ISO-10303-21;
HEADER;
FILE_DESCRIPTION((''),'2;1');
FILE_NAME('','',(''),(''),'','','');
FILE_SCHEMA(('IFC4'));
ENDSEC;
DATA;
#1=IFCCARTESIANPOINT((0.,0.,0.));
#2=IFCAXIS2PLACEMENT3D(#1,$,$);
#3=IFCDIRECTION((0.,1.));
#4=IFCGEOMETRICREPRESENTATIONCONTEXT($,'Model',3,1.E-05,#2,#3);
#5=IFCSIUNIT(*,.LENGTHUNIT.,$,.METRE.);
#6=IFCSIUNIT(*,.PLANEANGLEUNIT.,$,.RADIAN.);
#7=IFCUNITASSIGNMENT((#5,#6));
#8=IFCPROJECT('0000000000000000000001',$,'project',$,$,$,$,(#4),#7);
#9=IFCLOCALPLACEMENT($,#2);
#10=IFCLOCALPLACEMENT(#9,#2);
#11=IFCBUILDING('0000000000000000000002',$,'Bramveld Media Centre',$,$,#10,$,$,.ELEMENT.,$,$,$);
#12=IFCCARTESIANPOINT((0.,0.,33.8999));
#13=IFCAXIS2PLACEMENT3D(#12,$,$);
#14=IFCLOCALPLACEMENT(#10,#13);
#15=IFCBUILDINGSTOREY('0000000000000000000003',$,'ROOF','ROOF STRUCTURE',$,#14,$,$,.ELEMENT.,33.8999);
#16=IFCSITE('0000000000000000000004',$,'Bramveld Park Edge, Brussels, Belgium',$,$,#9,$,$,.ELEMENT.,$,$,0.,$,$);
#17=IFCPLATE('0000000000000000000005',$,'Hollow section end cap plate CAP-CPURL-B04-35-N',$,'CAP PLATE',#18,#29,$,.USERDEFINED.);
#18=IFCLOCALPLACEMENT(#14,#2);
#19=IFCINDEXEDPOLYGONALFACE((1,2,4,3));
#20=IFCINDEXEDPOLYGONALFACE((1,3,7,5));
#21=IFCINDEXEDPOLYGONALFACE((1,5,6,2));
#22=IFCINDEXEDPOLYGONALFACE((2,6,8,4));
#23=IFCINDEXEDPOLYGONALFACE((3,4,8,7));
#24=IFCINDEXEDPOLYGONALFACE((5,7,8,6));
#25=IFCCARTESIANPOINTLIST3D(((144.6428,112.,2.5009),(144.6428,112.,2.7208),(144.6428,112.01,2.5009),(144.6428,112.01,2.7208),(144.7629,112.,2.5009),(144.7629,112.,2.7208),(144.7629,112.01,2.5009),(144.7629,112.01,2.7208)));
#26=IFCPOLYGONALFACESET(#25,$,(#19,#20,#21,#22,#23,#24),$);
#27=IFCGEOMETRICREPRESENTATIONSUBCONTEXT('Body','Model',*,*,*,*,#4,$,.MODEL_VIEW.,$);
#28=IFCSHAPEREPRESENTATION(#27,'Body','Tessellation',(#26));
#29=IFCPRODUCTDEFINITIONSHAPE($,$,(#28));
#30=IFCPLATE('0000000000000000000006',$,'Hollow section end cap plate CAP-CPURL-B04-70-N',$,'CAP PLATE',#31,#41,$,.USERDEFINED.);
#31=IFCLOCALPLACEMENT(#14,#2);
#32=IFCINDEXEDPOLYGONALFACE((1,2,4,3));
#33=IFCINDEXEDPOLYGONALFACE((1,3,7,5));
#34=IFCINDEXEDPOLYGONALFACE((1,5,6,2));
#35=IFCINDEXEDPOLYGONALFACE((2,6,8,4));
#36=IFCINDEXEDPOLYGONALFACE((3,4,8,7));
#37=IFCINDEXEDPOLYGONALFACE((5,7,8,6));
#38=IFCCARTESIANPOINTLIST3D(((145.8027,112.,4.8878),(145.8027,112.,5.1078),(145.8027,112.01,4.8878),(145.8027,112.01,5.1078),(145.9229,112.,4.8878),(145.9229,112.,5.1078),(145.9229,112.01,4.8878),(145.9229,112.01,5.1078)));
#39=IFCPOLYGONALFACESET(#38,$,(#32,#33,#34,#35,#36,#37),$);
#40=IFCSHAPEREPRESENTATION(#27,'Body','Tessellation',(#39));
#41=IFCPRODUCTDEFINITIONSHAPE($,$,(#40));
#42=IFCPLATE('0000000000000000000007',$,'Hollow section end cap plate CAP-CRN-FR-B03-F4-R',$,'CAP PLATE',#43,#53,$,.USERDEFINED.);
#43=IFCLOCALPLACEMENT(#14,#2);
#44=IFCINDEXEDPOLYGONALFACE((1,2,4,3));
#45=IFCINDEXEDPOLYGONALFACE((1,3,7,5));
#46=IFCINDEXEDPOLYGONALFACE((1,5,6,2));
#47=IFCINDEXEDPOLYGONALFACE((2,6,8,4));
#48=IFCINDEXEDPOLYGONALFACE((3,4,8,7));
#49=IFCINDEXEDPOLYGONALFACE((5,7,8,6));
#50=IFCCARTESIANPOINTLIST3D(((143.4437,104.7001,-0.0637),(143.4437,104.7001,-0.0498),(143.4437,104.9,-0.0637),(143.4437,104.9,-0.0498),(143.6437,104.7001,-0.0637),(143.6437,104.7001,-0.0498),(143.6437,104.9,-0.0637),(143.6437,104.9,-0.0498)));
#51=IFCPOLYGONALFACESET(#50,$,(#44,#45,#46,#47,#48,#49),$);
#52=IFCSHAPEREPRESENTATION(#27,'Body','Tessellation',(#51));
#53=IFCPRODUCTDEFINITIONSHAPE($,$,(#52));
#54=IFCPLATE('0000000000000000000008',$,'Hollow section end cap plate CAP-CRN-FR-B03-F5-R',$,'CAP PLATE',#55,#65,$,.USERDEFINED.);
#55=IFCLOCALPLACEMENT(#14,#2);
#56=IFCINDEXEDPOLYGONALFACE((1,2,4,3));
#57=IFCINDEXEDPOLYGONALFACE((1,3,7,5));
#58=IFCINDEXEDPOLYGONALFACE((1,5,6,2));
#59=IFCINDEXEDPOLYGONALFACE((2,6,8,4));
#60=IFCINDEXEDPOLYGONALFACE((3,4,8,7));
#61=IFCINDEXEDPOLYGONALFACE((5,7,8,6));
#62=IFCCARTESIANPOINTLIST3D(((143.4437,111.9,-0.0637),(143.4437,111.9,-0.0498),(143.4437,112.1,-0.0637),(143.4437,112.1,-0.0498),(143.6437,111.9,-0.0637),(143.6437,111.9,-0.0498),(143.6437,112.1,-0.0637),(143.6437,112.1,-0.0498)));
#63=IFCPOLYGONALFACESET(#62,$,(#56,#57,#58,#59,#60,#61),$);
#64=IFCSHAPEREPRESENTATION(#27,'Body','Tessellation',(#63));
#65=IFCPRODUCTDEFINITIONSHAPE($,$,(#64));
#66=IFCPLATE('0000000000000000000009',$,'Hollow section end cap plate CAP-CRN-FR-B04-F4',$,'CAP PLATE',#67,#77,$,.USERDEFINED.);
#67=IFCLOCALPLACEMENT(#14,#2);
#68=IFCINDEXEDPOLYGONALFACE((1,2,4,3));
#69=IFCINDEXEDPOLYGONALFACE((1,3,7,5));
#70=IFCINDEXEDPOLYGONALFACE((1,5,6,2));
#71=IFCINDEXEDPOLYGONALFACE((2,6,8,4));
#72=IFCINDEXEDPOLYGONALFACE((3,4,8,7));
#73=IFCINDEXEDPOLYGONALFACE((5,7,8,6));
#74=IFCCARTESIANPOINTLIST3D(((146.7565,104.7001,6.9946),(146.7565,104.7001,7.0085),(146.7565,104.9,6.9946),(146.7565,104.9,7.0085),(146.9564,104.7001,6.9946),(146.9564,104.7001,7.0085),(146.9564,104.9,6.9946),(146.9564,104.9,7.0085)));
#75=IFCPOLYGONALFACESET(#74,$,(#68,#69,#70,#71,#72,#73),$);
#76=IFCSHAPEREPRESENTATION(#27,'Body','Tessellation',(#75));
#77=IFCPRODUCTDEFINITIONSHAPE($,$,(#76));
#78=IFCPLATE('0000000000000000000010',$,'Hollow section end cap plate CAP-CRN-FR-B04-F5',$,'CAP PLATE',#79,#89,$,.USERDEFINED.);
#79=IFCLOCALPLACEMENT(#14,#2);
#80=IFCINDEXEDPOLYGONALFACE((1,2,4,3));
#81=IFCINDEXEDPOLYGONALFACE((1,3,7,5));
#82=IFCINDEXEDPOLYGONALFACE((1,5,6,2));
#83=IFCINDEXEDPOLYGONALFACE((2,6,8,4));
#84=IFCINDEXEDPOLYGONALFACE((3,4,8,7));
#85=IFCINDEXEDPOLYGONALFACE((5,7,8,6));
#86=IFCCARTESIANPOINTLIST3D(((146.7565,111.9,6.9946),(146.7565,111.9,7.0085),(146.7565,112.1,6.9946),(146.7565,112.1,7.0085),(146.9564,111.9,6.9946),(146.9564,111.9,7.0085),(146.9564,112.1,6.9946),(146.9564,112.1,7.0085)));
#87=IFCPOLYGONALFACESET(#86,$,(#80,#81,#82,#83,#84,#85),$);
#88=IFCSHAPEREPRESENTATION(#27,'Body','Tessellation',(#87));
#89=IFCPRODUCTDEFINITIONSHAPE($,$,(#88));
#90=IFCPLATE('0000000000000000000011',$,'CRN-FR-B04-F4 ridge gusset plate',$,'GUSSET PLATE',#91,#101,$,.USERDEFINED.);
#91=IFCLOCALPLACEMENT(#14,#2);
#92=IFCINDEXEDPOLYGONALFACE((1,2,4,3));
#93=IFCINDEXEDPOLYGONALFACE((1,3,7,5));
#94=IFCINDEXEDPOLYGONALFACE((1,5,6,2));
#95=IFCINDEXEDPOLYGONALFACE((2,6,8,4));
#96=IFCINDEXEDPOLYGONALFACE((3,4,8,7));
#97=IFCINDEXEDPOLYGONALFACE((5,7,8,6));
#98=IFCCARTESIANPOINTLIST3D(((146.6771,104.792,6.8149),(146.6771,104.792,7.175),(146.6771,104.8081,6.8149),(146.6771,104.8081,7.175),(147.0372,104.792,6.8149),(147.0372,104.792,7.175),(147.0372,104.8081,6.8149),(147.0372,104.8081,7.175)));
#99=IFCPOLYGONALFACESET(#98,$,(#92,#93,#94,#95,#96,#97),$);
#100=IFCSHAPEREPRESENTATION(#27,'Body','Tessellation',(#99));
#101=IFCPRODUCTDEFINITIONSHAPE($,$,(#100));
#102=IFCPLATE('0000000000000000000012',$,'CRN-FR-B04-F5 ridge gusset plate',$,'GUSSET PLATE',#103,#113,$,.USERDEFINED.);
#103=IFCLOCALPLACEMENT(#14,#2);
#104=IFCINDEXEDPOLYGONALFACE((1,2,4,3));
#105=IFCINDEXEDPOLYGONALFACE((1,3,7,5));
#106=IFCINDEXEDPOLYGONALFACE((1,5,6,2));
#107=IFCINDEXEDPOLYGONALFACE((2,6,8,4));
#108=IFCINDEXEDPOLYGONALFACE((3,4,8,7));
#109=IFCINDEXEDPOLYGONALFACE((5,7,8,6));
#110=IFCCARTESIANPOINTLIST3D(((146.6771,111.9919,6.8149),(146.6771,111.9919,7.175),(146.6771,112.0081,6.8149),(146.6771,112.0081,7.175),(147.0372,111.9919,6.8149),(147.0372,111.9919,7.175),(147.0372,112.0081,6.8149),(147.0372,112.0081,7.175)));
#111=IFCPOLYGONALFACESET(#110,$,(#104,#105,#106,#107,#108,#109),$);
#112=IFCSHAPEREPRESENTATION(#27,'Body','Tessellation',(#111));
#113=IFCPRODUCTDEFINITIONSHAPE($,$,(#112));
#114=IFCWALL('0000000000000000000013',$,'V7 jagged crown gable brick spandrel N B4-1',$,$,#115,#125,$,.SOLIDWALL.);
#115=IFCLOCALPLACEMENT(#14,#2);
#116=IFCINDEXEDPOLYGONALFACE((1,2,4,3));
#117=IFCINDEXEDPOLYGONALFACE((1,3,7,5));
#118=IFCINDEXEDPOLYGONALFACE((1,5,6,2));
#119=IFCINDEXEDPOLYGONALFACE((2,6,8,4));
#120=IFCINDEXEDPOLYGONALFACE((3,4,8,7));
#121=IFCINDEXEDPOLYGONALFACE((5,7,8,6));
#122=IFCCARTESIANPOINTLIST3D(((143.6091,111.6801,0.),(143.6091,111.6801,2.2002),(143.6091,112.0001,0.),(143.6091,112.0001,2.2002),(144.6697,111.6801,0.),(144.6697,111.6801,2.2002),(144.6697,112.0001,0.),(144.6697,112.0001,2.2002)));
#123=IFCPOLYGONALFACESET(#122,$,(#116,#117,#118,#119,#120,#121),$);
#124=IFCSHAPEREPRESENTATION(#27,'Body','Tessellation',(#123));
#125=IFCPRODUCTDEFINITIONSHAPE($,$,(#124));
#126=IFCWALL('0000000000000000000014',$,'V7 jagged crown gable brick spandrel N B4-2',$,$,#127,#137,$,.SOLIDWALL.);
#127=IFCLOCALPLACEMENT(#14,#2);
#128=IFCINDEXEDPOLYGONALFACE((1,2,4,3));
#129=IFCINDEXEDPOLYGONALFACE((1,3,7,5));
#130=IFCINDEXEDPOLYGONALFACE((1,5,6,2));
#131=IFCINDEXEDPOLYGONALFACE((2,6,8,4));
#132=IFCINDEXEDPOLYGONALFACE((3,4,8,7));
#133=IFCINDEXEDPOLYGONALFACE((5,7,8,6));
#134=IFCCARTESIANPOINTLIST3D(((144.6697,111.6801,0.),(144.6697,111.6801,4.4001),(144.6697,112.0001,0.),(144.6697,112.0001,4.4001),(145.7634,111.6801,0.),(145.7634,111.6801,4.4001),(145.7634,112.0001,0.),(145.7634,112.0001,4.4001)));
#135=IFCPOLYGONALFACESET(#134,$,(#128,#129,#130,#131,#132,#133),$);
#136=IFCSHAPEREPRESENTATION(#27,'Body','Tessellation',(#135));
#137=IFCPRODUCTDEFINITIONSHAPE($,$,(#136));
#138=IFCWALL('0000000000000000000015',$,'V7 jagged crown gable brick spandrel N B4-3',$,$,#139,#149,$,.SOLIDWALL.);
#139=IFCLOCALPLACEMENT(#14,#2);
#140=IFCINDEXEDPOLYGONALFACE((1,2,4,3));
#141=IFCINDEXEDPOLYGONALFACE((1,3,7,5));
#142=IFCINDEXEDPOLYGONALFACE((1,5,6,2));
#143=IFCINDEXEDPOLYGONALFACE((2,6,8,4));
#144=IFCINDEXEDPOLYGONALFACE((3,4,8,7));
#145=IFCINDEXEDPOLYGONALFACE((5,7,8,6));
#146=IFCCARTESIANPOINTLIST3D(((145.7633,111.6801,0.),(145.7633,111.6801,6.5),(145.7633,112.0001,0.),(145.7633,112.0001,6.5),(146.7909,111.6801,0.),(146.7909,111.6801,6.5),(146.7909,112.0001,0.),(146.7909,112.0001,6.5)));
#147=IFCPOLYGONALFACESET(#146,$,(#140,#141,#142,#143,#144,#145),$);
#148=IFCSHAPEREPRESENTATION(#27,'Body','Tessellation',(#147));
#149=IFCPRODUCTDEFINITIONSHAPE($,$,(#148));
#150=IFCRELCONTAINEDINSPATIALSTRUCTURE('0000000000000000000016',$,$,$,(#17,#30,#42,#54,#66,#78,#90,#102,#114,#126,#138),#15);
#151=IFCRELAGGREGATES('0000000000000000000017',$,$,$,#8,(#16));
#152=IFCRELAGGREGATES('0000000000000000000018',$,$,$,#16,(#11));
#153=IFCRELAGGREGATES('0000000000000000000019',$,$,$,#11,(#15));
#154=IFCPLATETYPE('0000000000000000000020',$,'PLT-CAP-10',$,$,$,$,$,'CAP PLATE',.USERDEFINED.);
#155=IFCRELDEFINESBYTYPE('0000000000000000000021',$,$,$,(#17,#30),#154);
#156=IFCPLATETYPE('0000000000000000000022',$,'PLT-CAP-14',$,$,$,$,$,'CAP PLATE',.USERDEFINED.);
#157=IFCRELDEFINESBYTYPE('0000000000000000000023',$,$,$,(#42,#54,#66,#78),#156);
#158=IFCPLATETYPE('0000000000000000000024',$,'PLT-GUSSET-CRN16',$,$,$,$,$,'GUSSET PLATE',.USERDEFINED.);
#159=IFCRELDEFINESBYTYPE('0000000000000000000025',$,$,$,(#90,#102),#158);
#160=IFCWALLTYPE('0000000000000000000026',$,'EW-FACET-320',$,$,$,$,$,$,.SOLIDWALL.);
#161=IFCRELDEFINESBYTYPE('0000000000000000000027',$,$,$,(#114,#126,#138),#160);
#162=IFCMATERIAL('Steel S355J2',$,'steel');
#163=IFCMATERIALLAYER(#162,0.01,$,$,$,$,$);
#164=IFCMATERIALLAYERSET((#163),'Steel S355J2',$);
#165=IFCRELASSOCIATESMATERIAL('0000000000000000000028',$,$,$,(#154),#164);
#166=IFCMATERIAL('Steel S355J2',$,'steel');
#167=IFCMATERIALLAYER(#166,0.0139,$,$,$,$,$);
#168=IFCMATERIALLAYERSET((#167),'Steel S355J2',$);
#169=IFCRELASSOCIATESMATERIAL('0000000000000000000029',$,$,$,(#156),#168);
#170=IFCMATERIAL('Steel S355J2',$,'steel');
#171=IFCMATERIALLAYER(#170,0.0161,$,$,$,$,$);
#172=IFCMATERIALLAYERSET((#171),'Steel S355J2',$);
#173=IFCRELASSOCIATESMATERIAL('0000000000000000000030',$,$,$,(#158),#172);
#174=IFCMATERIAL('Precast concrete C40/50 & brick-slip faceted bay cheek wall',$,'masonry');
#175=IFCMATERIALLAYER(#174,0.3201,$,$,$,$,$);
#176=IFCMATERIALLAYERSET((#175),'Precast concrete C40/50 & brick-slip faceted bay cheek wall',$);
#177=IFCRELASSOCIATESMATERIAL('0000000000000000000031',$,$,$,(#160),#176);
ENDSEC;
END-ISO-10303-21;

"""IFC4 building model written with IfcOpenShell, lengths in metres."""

from ifc_helpers import new_model, si_unit, direction, frame, frame_2d, origin, origin_2d, place, context, subcontext, project, spatial, rectangle, extrude, material, layer, layer_set, type_object, element, save


model = new_model("IFC4")

# Units and contexts
model_context = context("Model", 3, precision=1e-05, world=origin(), true_north=direction((0.0, 1.0)))
body_context = subcontext(model_context, "Body", "Model", "MODEL_VIEW")
ifc_project = project(units=[si_unit("LENGTHUNIT", "METRE"), si_unit("PLANEANGLEUNIT", "RADIAN")], contexts=[model_context])

# Site, building, storey
site_placement = place(None, origin())
site = spatial("IfcSite", under=ifc_project, at=site_placement, Name="Bramveld Park Edge, Brussels, Belgium", CompositionType="ELEMENT", RefElevation=0.0)
building_placement = place(site_placement, origin())
building = spatial("IfcBuilding", under=site, at=building_placement, Name="Bramveld Media Centre", CompositionType="ELEMENT")
storey_placement = place(building_placement, frame((0.0, 0.0, 33.8999)))
storey = spatial("IfcBuildingStorey", under=building, at=storey_placement, Name="ROOF", Description="ROOF STRUCTURE", CompositionType="ELEMENT", Elevation=33.8999)

# Plates
ifc_material_1 = material(Name="Steel S355J2", Category="steel")
ifc_layer_1 = layer(ifc_material_1, 0.01)
ifc_layer_set_1 = layer_set([ifc_layer_1], Name="Steel S355J2")
plate_type_1 = type_object("IfcPlateType", Name="PLT-CAP-10", ElementType="CAP PLATE", PredefinedType="USERDEFINED", material=ifc_layer_set_1)
for number, where, z_axis, x_axis, name in (
    (1, (144.7029, 112.0, 2.6108), (0.0, 1.0, 0.0), (-1.0, 0.0, 0.0), "Hollow section end cap plate CAP-CPURL-B04-35-N"),
    (2, (145.8628, 112.0, 4.9978), (0.0, 1.0, 0.0), (-1.0, 0.0, 0.0), "Hollow section end cap plate CAP-CPURL-B04-70-N"),
):
    element("IfcPlate", number, at=place(storey_placement, frame(where, z_axis=z_axis, x_axis=x_axis)), inside=storey, type_object=plate_type_1, Name=name, ObjectType="CAP PLATE", PredefinedType="USERDEFINED", context=body_context, shape_type="SweptSolid", body=[
        extrude(rectangle(XDim=0.1201, YDim=0.22, at=origin_2d()), origin(), (0.0, 0.0, 1.0), 0.01),
    ])
ifc_material_2 = material(Name="Steel S355J2", Category="steel")
ifc_layer_2 = layer(ifc_material_2, 0.0139)
ifc_layer_set_2 = layer_set([ifc_layer_2], Name="Steel S355J2")
plate_type_2 = type_object("IfcPlateType", Name="PLT-CAP-14", ElementType="CAP PLATE", PredefinedType="USERDEFINED", material=ifc_layer_set_2)
for number, where, z_axis, x_axis, name in (
    (3, (143.5437, 104.8, -0.0498), (0.0, 0.0, -1.0), (1.0, 0.0, 0.0), "Hollow section end cap plate CAP-CRN-FR-B03-F4-R"),
    (4, (143.5437, 112.0, -0.0498), (0.0, 0.0, -1.0), (1.0, 0.0, 0.0), "Hollow section end cap plate CAP-CRN-FR-B03-F5-R"),
    (5, (146.8564, 104.8, 6.9946), (0.0, 0.0, 1.0), (1.0, 0.0, 0.0), "Hollow section end cap plate CAP-CRN-FR-B04-F4"),
    (6, (146.8564, 112.0, 6.9946), (0.0, 0.0, 1.0), (1.0, 0.0, 0.0), "Hollow section end cap plate CAP-CRN-FR-B04-F5"),
):
    element("IfcPlate", number, at=place(storey_placement, frame(where, z_axis=z_axis, x_axis=x_axis)), inside=storey, type_object=plate_type_2, Name=name, ObjectType="CAP PLATE", PredefinedType="USERDEFINED", context=body_context, shape_type="SweptSolid", body=[
        extrude(rectangle(XDim=0.2, YDim=0.2, at=origin_2d()), origin(), (0.0, 0.0, 1.0), 0.0139),
    ])
ifc_material_3 = material(Name="Steel S355J2", Category="steel")
ifc_layer_3 = layer(ifc_material_3, 0.0161)
ifc_layer_set_3 = layer_set([ifc_layer_3], Name="Steel S355J2")
plate_type_3 = type_object("IfcPlateType", Name="PLT-GUSSET-CRN16", ElementType="GUSSET PLATE", PredefinedType="USERDEFINED", material=ifc_layer_set_3)
for number, where, z_axis, x_axis, name in (
    (7, (146.8572, 104.8, 6.8149), (0.0, 0.0, 1.0), (1.0, 0.0, 0.0), "CRN-FR-B04-F4 ridge gusset plate"),
    (8, (146.8572, 112.0, 6.8149), (0.0, 0.0, 1.0), (1.0, 0.0, 0.0), "CRN-FR-B04-F5 ridge gusset plate"),
):
    element("IfcPlate", number, at=place(storey_placement, frame(where, z_axis=z_axis, x_axis=x_axis)), inside=storey, type_object=plate_type_3, Name=name, ObjectType="GUSSET PLATE", PredefinedType="USERDEFINED", context=body_context, shape_type="SweptSolid", body=[
        extrude(rectangle(XDim=0.3601, YDim=0.0161, at=origin_2d()), origin(), (0.0, 0.0, 1.0), 0.3601),
    ])

# Walls
ifc_material_4 = material(Name="Precast concrete C40/50 & brick-slip faceted bay cheek wall", Category="masonry")
ifc_layer_4 = layer(ifc_material_4, 0.3201)
ifc_layer_set_4 = layer_set([ifc_layer_4], Name="Precast concrete C40/50 & brick-slip faceted bay cheek wall")
wall_type = type_object("IfcWallType", Name="EW-FACET-320", PredefinedType="SOLIDWALL", material=ifc_layer_set_4)
wall_1_placement = place(storey_placement, frame((143.6091, 111.8401, 0.0), z_axis=(0.0, 0.0, 1.0), x_axis=(1.0, 0.0, 0.0)))
element("IfcWall", 9, at=wall_1_placement, inside=storey, type_object=wall_type, Name="V7 jagged crown gable brick spandrel N B4-1", PredefinedType="SOLIDWALL", context=body_context, shape_type="SweptSolid", body=[
    extrude(rectangle(XDim=1.0605, YDim=0.3201, at=frame_2d((0.5303, 0.0))), origin(), (0.0, 0.0, 1.0), 2.2002),
])
wall_2_placement = place(storey_placement, frame((144.6697, 111.8401, 0.0), z_axis=(0.0, 0.0, 1.0), x_axis=(1.0, 0.0, 0.0)))
element("IfcWall", 10, at=wall_2_placement, inside=storey, type_object=wall_type, Name="V7 jagged crown gable brick spandrel N B4-2", PredefinedType="SOLIDWALL", context=body_context, shape_type="SweptSolid", body=[
    extrude(rectangle(XDim=1.0938, YDim=0.3201, at=frame_2d((0.5469, 0.0))), origin(), (0.0, 0.0, 1.0), 4.4001),
])
wall_3_placement = place(storey_placement, frame((145.7634, 111.8401, 0.0), z_axis=(0.0, 0.0, 1.0), x_axis=(1.0, 0.0, 0.0)))
element("IfcWall", 11, at=wall_3_placement, inside=storey, type_object=wall_type, Name="V7 jagged crown gable brick spandrel N B4-3", PredefinedType="SOLIDWALL", context=body_context, shape_type="SweptSolid", body=[
    extrude(rectangle(XDim=1.0276, YDim=0.3201, at=frame_2d((0.5137, 0.0))), origin(), (0.0, 0.0, 1.0), 6.5),
])

save(model, "model.ifc")
